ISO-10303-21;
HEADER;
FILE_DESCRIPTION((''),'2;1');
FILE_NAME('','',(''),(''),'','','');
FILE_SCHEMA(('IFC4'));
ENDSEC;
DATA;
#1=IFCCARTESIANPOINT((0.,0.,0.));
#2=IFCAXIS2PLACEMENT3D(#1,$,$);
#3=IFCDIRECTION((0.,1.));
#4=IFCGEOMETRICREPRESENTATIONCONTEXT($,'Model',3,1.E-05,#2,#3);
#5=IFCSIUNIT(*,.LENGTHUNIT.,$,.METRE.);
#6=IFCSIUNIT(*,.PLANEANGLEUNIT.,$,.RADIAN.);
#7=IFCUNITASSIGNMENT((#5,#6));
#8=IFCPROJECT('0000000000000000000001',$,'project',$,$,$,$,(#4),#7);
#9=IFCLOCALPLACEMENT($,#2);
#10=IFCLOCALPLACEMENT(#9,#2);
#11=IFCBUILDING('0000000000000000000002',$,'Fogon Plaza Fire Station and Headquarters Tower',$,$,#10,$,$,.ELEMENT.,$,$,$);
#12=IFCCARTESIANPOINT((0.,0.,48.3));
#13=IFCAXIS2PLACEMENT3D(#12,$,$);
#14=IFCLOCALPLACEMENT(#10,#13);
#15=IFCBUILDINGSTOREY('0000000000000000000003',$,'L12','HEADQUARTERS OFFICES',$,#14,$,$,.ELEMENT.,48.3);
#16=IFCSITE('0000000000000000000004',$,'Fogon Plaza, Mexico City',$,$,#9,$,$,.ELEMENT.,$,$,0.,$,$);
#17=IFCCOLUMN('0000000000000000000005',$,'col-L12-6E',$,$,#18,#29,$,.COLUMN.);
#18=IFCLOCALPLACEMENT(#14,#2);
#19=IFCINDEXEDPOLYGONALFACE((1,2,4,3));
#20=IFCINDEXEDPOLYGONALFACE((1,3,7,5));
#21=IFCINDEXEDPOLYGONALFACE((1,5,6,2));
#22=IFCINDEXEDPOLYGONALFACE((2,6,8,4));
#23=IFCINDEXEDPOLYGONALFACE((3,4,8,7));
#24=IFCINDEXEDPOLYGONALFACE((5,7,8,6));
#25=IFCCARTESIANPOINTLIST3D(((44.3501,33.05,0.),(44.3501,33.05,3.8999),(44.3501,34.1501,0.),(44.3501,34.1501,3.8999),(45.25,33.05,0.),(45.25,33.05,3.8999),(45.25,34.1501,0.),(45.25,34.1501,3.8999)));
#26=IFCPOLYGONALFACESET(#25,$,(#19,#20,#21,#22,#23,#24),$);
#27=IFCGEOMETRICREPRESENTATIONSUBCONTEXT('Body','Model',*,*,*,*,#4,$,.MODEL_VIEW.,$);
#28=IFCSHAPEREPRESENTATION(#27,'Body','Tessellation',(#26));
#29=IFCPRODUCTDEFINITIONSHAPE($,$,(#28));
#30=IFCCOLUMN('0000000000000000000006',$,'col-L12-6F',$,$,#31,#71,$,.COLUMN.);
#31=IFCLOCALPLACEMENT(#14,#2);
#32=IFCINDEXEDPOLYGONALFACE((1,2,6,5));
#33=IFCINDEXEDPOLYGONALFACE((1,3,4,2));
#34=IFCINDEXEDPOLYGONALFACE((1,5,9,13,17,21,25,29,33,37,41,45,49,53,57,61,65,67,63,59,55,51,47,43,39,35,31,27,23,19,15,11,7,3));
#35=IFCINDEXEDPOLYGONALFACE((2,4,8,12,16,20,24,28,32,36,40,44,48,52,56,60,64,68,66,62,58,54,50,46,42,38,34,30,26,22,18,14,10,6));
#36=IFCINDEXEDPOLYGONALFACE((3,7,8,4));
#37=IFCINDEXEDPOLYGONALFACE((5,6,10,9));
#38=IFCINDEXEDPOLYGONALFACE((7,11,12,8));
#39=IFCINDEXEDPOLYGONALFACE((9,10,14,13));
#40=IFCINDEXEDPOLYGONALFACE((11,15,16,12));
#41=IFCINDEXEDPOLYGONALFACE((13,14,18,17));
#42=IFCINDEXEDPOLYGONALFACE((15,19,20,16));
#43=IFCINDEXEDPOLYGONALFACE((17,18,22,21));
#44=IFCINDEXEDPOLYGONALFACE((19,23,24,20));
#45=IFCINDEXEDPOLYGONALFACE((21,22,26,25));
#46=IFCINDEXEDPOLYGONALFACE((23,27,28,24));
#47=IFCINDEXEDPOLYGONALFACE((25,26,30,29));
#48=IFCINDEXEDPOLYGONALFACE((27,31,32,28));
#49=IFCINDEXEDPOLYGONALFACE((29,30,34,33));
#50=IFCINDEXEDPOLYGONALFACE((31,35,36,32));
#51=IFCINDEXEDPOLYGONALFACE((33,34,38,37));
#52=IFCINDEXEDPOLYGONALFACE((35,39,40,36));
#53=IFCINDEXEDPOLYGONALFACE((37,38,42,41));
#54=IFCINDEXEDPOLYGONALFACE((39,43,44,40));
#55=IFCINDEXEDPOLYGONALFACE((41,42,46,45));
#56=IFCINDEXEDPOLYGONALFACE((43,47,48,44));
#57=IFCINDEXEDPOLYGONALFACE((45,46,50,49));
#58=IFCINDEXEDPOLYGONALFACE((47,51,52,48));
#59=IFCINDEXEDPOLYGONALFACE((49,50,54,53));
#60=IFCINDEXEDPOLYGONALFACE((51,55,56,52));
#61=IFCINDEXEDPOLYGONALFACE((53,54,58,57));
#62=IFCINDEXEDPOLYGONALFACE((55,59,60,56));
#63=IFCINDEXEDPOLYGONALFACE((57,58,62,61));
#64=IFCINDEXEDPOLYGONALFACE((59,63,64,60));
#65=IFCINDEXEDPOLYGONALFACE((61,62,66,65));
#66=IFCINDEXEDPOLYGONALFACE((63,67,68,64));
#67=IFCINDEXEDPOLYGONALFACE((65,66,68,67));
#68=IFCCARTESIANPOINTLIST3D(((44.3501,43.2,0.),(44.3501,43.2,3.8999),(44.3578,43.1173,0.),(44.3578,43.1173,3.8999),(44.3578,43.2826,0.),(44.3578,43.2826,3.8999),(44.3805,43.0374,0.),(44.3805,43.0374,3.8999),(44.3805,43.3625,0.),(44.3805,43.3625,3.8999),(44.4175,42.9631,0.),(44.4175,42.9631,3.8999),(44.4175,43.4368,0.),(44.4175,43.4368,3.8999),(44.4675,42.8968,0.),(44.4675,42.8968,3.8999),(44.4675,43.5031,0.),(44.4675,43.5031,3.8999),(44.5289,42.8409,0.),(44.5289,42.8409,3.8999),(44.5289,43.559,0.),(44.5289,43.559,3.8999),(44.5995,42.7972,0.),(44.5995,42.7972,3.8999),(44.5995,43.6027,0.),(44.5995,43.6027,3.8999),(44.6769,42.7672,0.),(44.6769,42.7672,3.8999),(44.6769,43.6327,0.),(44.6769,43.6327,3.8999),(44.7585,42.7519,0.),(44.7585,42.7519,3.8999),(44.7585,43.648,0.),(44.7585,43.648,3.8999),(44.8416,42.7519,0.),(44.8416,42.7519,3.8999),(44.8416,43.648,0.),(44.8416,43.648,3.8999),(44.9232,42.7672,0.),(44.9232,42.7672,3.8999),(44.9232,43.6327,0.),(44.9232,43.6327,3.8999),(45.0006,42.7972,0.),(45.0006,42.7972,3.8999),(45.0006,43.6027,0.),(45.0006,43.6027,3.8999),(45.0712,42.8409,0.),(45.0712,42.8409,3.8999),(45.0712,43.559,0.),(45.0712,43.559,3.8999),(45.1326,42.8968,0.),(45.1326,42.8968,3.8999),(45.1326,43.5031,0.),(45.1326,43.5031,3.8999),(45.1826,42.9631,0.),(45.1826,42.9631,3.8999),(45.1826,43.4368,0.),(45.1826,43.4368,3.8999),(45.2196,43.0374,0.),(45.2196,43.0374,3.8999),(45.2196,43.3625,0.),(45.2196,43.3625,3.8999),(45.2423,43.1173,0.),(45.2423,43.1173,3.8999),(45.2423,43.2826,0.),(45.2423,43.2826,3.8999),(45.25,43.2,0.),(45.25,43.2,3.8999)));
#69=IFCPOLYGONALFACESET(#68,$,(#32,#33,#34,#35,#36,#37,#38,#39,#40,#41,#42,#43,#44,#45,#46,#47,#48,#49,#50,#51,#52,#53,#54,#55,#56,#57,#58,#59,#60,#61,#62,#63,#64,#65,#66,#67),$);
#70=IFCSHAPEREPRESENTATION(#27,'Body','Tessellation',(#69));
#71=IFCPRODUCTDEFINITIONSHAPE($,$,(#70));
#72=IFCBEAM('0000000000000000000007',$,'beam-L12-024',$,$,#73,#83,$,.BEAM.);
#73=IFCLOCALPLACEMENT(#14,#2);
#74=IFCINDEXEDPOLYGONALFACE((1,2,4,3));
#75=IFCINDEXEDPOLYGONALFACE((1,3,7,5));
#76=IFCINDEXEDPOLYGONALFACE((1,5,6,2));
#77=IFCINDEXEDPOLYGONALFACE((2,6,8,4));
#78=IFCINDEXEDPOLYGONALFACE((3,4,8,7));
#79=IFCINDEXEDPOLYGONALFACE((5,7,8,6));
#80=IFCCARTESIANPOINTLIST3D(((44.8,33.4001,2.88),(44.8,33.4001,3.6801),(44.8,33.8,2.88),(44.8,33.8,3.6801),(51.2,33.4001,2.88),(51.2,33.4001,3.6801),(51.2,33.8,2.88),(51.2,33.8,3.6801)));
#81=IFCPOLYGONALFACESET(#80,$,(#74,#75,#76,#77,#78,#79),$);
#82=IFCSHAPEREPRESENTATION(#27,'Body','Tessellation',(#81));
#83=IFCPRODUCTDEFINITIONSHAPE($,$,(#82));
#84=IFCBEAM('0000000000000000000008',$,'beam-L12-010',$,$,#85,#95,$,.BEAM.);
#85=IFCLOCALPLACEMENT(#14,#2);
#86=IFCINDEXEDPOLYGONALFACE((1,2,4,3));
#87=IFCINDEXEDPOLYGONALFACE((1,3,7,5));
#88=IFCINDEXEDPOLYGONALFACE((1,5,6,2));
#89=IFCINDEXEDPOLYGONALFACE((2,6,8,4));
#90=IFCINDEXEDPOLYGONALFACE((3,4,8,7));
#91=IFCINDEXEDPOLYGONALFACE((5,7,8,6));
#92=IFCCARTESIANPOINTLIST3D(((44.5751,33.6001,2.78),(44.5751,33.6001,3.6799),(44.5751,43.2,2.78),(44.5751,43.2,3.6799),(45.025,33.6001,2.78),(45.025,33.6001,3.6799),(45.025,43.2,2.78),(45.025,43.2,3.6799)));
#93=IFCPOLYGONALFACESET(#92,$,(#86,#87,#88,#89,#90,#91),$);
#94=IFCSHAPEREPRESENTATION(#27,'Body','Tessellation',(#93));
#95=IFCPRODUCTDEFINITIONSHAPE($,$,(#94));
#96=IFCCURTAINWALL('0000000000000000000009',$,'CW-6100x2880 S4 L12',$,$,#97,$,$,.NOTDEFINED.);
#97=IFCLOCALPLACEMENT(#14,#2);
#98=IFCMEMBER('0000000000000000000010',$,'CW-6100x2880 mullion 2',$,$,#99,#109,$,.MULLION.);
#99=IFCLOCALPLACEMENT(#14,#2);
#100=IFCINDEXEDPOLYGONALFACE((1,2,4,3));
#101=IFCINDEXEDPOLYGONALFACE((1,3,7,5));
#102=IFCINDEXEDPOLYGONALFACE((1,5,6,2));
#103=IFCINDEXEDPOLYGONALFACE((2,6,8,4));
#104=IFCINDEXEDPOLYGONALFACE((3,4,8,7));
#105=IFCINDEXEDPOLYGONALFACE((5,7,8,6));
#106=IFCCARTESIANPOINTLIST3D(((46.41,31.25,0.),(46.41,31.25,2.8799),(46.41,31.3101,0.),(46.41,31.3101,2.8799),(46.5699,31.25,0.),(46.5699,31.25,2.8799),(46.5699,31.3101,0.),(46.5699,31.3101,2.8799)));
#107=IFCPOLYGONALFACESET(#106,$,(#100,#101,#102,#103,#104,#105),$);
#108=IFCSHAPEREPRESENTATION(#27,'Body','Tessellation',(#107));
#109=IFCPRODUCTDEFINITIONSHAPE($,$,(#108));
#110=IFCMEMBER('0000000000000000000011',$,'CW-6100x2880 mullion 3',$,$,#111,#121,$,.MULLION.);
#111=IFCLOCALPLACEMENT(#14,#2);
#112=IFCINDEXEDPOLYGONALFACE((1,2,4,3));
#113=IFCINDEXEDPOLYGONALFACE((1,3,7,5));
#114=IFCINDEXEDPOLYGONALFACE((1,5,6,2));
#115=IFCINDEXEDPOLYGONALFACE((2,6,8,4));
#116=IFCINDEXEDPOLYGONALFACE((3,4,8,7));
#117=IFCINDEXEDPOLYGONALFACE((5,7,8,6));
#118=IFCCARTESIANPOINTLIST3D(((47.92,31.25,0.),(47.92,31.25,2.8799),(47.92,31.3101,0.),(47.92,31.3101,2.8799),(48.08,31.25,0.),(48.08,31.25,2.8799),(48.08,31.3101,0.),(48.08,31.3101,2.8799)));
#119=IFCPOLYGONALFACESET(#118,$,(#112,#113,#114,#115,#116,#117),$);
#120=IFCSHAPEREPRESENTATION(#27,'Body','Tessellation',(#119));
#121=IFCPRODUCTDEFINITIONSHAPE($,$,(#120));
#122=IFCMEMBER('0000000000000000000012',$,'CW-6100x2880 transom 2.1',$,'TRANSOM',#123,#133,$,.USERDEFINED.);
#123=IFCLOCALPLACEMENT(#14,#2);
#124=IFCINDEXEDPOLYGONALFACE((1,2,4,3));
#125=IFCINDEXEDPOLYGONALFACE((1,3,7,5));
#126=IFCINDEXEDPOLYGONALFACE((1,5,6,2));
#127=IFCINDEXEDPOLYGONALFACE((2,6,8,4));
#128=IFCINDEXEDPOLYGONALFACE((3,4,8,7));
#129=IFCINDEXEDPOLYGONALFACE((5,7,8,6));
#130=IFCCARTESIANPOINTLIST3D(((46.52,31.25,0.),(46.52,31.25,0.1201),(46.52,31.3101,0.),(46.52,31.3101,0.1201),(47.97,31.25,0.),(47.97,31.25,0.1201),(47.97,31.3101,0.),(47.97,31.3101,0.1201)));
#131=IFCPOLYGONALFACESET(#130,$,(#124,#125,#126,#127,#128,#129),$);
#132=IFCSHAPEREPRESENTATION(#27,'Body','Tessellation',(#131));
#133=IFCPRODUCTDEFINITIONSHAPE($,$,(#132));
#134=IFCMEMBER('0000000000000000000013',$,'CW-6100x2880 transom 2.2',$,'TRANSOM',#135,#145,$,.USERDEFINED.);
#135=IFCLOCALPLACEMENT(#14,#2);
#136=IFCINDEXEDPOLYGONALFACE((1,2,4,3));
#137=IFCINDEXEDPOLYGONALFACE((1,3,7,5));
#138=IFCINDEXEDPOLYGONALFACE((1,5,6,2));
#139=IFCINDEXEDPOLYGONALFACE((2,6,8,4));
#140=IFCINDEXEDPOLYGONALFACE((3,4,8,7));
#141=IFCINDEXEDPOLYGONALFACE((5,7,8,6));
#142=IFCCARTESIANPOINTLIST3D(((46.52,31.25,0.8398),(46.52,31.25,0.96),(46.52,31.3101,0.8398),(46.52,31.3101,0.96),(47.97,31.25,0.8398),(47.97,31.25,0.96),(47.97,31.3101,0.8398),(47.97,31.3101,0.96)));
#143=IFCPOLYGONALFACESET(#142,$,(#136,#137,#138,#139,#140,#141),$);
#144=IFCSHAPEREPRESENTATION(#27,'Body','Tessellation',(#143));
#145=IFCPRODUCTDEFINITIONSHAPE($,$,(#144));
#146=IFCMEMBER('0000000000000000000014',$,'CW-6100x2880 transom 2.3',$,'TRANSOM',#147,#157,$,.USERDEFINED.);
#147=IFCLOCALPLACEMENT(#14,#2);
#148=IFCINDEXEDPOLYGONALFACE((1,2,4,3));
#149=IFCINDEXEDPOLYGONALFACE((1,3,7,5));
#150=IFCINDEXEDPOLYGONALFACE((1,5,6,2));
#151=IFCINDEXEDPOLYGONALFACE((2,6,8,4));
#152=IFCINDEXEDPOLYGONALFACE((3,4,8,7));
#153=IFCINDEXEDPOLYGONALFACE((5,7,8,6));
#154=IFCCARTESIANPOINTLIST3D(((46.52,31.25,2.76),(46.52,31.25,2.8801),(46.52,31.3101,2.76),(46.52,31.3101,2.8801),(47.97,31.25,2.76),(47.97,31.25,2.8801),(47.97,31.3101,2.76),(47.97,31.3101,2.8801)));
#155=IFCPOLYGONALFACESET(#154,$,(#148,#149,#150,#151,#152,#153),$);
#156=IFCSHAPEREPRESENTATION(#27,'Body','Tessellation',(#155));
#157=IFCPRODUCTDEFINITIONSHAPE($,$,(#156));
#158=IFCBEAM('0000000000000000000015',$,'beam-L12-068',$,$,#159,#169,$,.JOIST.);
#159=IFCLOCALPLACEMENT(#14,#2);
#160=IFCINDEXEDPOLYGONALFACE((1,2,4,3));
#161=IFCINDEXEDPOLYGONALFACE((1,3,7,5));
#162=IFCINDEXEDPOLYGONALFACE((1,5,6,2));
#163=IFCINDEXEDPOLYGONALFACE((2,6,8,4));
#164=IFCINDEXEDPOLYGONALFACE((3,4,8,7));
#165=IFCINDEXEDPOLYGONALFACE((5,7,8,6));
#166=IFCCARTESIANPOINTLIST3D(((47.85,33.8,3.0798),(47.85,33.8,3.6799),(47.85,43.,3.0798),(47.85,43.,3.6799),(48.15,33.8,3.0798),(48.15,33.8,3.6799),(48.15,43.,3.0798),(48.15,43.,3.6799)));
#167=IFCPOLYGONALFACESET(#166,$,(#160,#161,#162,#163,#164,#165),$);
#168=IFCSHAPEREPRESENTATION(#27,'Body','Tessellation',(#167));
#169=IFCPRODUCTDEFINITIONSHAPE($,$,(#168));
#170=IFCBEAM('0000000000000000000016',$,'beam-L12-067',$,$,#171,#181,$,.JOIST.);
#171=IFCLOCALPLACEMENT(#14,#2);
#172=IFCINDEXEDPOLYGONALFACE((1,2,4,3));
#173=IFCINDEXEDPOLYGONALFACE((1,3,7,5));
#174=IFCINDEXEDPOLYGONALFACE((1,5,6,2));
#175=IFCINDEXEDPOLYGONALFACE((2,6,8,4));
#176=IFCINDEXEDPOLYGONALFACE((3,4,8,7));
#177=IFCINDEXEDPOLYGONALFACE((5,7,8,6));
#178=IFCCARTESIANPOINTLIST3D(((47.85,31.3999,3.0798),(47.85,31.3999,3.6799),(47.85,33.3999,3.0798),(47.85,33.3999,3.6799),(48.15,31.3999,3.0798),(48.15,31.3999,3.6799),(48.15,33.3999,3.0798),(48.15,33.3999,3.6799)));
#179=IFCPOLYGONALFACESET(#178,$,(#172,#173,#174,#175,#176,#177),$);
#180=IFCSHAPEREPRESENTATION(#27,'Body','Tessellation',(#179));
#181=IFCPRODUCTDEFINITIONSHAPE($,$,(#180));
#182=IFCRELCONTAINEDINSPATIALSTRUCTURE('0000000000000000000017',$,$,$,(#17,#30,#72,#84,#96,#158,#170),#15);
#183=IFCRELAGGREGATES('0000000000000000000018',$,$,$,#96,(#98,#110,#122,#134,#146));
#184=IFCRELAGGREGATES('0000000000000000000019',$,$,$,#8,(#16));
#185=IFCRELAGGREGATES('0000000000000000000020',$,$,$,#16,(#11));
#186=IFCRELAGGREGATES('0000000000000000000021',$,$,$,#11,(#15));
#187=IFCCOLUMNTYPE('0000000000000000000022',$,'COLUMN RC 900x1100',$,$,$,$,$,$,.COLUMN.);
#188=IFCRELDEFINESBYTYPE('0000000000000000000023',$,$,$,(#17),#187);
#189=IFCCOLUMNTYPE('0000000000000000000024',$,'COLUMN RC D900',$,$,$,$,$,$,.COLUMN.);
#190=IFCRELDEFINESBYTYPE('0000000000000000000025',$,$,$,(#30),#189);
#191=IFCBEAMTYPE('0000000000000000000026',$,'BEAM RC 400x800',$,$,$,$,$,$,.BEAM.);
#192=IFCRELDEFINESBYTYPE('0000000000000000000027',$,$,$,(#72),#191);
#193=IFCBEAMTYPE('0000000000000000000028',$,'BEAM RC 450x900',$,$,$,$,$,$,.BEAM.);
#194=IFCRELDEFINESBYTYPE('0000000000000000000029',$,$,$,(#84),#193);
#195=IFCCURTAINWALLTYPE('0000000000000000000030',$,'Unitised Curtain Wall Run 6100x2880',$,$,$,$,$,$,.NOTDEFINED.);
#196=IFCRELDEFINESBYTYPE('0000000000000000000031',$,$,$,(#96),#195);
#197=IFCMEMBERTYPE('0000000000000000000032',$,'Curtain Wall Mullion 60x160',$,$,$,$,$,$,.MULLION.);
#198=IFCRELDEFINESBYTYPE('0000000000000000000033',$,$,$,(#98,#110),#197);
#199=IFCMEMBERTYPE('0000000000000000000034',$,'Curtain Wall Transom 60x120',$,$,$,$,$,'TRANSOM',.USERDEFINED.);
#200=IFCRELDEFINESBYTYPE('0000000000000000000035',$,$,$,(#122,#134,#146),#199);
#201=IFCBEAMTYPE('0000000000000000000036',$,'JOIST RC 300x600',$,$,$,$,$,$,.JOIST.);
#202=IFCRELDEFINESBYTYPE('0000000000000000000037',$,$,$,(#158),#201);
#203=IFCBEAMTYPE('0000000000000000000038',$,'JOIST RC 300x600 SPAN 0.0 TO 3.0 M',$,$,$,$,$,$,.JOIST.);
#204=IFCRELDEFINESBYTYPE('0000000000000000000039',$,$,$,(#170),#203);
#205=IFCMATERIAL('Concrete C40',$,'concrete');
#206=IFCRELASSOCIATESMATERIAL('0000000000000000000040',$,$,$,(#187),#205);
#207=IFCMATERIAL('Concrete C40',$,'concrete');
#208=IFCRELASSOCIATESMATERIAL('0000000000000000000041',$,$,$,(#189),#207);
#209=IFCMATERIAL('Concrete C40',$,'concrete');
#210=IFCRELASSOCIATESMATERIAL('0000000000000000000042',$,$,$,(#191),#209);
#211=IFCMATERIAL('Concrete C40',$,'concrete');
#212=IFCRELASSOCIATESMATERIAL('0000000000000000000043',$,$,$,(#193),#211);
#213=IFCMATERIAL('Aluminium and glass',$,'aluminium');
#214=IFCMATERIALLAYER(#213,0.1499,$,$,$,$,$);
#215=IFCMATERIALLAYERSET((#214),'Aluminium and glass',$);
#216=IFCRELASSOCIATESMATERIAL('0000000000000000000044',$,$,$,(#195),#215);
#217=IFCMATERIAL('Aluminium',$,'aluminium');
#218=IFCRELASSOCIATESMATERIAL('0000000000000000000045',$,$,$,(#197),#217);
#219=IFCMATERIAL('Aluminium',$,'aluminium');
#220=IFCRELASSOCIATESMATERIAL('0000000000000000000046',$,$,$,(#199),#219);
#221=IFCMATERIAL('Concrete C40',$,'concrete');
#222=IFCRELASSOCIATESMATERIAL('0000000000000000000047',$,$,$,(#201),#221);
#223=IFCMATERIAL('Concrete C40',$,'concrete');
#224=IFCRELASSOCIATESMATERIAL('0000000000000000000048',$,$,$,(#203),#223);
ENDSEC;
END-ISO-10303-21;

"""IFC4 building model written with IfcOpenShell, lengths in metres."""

from ifc_helpers import new_model, si_unit, direction, frame, origin, origin_2d, place, context, subcontext, project, spatial, rectangle, circle, extrude, material, layer, layer_set, material_profile, profile_set, type_object, element, aggregate, save


model = new_model("IFC4")

# Units and contexts
model_context = context("Model", 3, precision=1e-05, world=origin(), true_north=direction((0.0, 1.0)))
body_context = subcontext(model_context, "Body", "Model", "MODEL_VIEW")
ifc_project = project(units=[si_unit("LENGTHUNIT", "METRE"), si_unit("PLANEANGLEUNIT", "RADIAN")], contexts=[model_context])

# Site, building, storey
site_placement = place(None, origin())
site = spatial("IfcSite", under=ifc_project, at=site_placement, Name="Fogon Plaza, Mexico City", CompositionType="ELEMENT", RefElevation=0.0)
building_placement = place(site_placement, origin())
building = spatial("IfcBuilding", under=site, at=building_placement, Name="Fogon Plaza Fire Station and Headquarters Tower", CompositionType="ELEMENT")
storey_placement = place(building_placement, frame((0.0, 0.0, 48.3)))
storey = spatial("IfcBuildingStorey", under=building, at=storey_placement, Name="L12", Description="HEADQUARTERS OFFICES", CompositionType="ELEMENT", Elevation=48.3)

# Columns
ifc_material_1 = material(Name="Concrete C40", Category="concrete")
ifc_material_profile_1 = material_profile(ifc_material_1, rectangle(XDim=0.8999, YDim=1.1001, at=origin_2d()), Name="RC 900x1100")
ifc_profile_set_1 = profile_set([ifc_material_profile_1], Name="Concrete C40")
column_type_1 = type_object("IfcColumnType", Name="COLUMN RC 900x1100", PredefinedType="COLUMN", material=ifc_profile_set_1)
column_1_placement = place(storey_placement, frame((44.8, 33.6001, 0.0), z_axis=(0.0, 0.0, 1.0), x_axis=(1.0, 0.0, 0.0)))
element("IfcColumn", 1, at=column_1_placement, inside=storey, type_object=column_type_1, Name="col-L12-6E", PredefinedType="COLUMN", context=body_context, shape_type="SweptSolid", body=[
    extrude(rectangle(XDim=0.8999, YDim=1.1001, at=origin_2d()), origin(), (0.0, 0.0, 1.0), 3.8999),
])
ifc_material_2 = material(Name="Concrete C40", Category="concrete")
ifc_material_profile_2 = material_profile(ifc_material_2, circle(Radius=0.45, at=origin_2d()), Name="RC D900")
ifc_profile_set_2 = profile_set([ifc_material_profile_2], Name="Concrete C40")
column_type_2 = type_object("IfcColumnType", Name="COLUMN RC D900", PredefinedType="COLUMN", material=ifc_profile_set_2)
column_2_placement = place(storey_placement, frame((44.8, 43.2, 0.0), z_axis=(0.0, 0.0, 1.0), x_axis=(1.0, 0.0, 0.0)))
element("IfcColumn", 2, at=column_2_placement, inside=storey, type_object=column_type_2, Name="col-L12-6F", PredefinedType="COLUMN", context=body_context, shape_type="SweptSolid", body=[
    extrude(circle(Radius=0.45, at=origin_2d()), origin(), (0.0, 0.0, 1.0), 3.8999),
])

# Beams
ifc_material_3 = material(Name="Concrete C40", Category="concrete")
ifc_material_profile_3 = material_profile(ifc_material_3, rectangle(XDim=0.3999, YDim=0.8, at=origin_2d()), Name="RC 400x800")
ifc_profile_set_3 = profile_set([ifc_material_profile_3], Name="Concrete C40")
beam_type_1 = type_object("IfcBeamType", Name="BEAM RC 400x800", PredefinedType="BEAM", material=ifc_profile_set_3)
beam_1_placement = place(storey_placement, frame((44.8, 33.6001, 3.28), z_axis=(1.0, 0.0, 0.0), x_axis=(0.0, 1.0, 0.0)))
element("IfcBeam", 3, at=beam_1_placement, inside=storey, type_object=beam_type_1, Name="beam-L12-024", PredefinedType="BEAM", context=body_context, shape_type="SweptSolid", body=[
    extrude(rectangle(XDim=0.3999, YDim=0.8, at=origin_2d()), origin(), (0.0, 0.0, 1.0), 6.3999),
])
ifc_material_4 = material(Name="Concrete C40", Category="concrete")
ifc_material_profile_4 = material_profile(ifc_material_4, rectangle(XDim=0.45, YDim=0.8999, at=origin_2d()), Name="RC 450x900")
ifc_profile_set_4 = profile_set([ifc_material_profile_4], Name="Concrete C40")
beam_type_2 = type_object("IfcBeamType", Name="BEAM RC 450x900", PredefinedType="BEAM", material=ifc_profile_set_4)
beam_2_placement = place(storey_placement, frame((44.8, 33.6001, 3.23), z_axis=(0.0, 1.0, 0.0), x_axis=(-1.0, 0.0, 0.0)))
element("IfcBeam", 4, at=beam_2_placement, inside=storey, type_object=beam_type_2, Name="beam-L12-010", PredefinedType="BEAM", context=body_context, shape_type="SweptSolid", body=[
    extrude(rectangle(XDim=0.45, YDim=0.8999, at=origin_2d()), origin(), (0.0, 0.0, 1.0), 9.5999),
])

# Curtain wall, members
ifc_material_5 = material(Name="Aluminium and glass", Category="aluminium")
ifc_layer_1 = layer(ifc_material_5, 0.1499)
ifc_layer_set_1 = layer_set([ifc_layer_1], Name="Aluminium and glass")
curtain_wall_type = type_object("IfcCurtainWallType", Name="Unitised Curtain Wall Run 6100x2880", PredefinedType="NOTDEFINED", material=ifc_layer_set_1)
curtain_wall_placement = place(storey_placement, origin())
curtain_wall = element("IfcCurtainWall", 5, at=curtain_wall_placement, inside=storey, type_object=curtain_wall_type, Name="CW-6100x2880 S4 L12", PredefinedType="NOTDEFINED")
ifc_material_6 = material(Name="Aluminium", Category="aluminium")
ifc_material_profile_5 = material_profile(ifc_material_6, rectangle(XDim=0.0601, YDim=0.1599, at=origin_2d()), Name="Curtain Wall Mullion 60x160")
ifc_profile_set_5 = profile_set([ifc_material_profile_5], Name="Aluminium")
member_type_1 = type_object("IfcMemberType", Name="Curtain Wall Mullion 60x160", PredefinedType="MULLION", material=ifc_profile_set_5)
member_1_placement = place(storey_placement, frame((46.49, 31.28, 0.0), z_axis=(0.0, 0.0, 1.0), x_axis=(0.0, 1.0, 0.0)))
member_1 = element("IfcMember", 6, at=member_1_placement, type_object=member_type_1, Name="CW-6100x2880 mullion 2", PredefinedType="MULLION", context=body_context, shape_type="SweptSolid", body=[
    extrude(rectangle(XDim=0.0601, YDim=0.1599, at=origin_2d()), origin(), (0.0, 0.0, 1.0), 2.8799),
])
member_2_placement = place(storey_placement, frame((48.0, 31.28, 0.0), z_axis=(0.0, 0.0, 1.0), x_axis=(0.0, 1.0, 0.0)))
member_2 = element("IfcMember", 7, at=member_2_placement, type_object=member_type_1, Name="CW-6100x2880 mullion 3", PredefinedType="MULLION", context=body_context, shape_type="SweptSolid", body=[
    extrude(rectangle(XDim=0.0601, YDim=0.1599, at=origin_2d()), origin(), (0.0, 0.0, 1.0), 2.8799),
])
ifc_material_7 = material(Name="Aluminium", Category="aluminium")
ifc_material_profile_6 = material_profile(ifc_material_7, rectangle(XDim=0.0601, YDim=0.1201, at=origin_2d()), Name="Curtain Wall Transom 60x120")
ifc_profile_set_6 = profile_set([ifc_material_profile_6], Name="Aluminium")
member_type_2 = type_object("IfcMemberType", Name="Curtain Wall Transom 60x120", ElementType="TRANSOM", PredefinedType="USERDEFINED", material=ifc_profile_set_6)
member_3_placement = place(storey_placement, frame((46.52, 31.28, 0.0601), z_axis=(1.0, 0.0, 0.0), x_axis=(0.0, 1.0, 0.0)))
member_3 = element("IfcMember", 8, at=member_3_placement, type_object=member_type_2, Name="CW-6100x2880 transom 2.1", ObjectType="TRANSOM", PredefinedType="USERDEFINED", context=body_context, shape_type="SweptSolid", body=[
    extrude(rectangle(XDim=0.0601, YDim=0.1201, at=origin_2d()), origin(), (0.0, 0.0, 1.0), 1.45),
])
member_4_placement = place(storey_placement, frame((46.52, 31.28, 0.8999), z_axis=(1.0, 0.0, 0.0), x_axis=(0.0, 1.0, 0.0)))
member_4 = element("IfcMember", 9, at=member_4_placement, type_object=member_type_2, Name="CW-6100x2880 transom 2.2", ObjectType="TRANSOM", PredefinedType="USERDEFINED", context=body_context, shape_type="SweptSolid", body=[
    extrude(rectangle(XDim=0.0601, YDim=0.1201, at=origin_2d()), origin(), (0.0, 0.0, 1.0), 1.45),
])
member_5_placement = place(storey_placement, frame((46.52, 31.28, 2.8201), z_axis=(1.0, 0.0, 0.0), x_axis=(0.0, 1.0, 0.0)))
member_5 = element("IfcMember", 10, at=member_5_placement, type_object=member_type_2, Name="CW-6100x2880 transom 2.3", ObjectType="TRANSOM", PredefinedType="USERDEFINED", context=body_context, shape_type="SweptSolid", body=[
    extrude(rectangle(XDim=0.0601, YDim=0.1201, at=origin_2d()), origin(), (0.0, 0.0, 1.0), 1.45),
])

# Beams
ifc_material_8 = material(Name="Concrete C40", Category="concrete")
ifc_material_profile_7 = material_profile(ifc_material_8, rectangle(XDim=0.3, YDim=0.6001, at=origin_2d()), Name="RC 300x600")
ifc_profile_set_7 = profile_set([ifc_material_profile_7], Name="Concrete C40")
beam_type_3 = type_object("IfcBeamType", Name="JOIST RC 300x600", PredefinedType="JOIST", material=ifc_profile_set_7)
beam_3_placement = place(storey_placement, frame((48.0, 33.8, 3.3799), z_axis=(0.0, 1.0, 0.0), x_axis=(-1.0, 0.0, 0.0)))
element("IfcBeam", 11, at=beam_3_placement, inside=storey, type_object=beam_type_3, Name="beam-L12-068", PredefinedType="JOIST", context=body_context, shape_type="SweptSolid", body=[
    extrude(rectangle(XDim=0.3, YDim=0.6001, at=origin_2d()), origin(), (0.0, 0.0, 1.0), 9.2),
])
ifc_material_9 = material(Name="Concrete C40", Category="concrete")
ifc_material_profile_8 = material_profile(ifc_material_9, rectangle(XDim=0.3, YDim=0.6001, at=origin_2d()), Name="RC 300x600")
ifc_profile_set_8 = profile_set([ifc_material_profile_8], Name="Concrete C40")
beam_type_4 = type_object("IfcBeamType", Name="JOIST RC 300x600 SPAN 0.0 TO 3.0 M", PredefinedType="JOIST", material=ifc_profile_set_8)
beam_4_placement = place(storey_placement, frame((48.0, 31.3999, 3.3799), z_axis=(0.0, 1.0, 0.0), x_axis=(-1.0, 0.0, 0.0)))
element("IfcBeam", 12, at=beam_4_placement, inside=storey, type_object=beam_type_4, Name="beam-L12-067", PredefinedType="JOIST", context=body_context, shape_type="SweptSolid", body=[
    extrude(rectangle(XDim=0.3, YDim=0.6001, at=origin_2d()), origin(), (0.0, 0.0, 1.0), 2.0),
])

aggregate(curtain_wall, [member_1, member_2, member_3, member_4, member_5])

save(model, "model.ifc")
